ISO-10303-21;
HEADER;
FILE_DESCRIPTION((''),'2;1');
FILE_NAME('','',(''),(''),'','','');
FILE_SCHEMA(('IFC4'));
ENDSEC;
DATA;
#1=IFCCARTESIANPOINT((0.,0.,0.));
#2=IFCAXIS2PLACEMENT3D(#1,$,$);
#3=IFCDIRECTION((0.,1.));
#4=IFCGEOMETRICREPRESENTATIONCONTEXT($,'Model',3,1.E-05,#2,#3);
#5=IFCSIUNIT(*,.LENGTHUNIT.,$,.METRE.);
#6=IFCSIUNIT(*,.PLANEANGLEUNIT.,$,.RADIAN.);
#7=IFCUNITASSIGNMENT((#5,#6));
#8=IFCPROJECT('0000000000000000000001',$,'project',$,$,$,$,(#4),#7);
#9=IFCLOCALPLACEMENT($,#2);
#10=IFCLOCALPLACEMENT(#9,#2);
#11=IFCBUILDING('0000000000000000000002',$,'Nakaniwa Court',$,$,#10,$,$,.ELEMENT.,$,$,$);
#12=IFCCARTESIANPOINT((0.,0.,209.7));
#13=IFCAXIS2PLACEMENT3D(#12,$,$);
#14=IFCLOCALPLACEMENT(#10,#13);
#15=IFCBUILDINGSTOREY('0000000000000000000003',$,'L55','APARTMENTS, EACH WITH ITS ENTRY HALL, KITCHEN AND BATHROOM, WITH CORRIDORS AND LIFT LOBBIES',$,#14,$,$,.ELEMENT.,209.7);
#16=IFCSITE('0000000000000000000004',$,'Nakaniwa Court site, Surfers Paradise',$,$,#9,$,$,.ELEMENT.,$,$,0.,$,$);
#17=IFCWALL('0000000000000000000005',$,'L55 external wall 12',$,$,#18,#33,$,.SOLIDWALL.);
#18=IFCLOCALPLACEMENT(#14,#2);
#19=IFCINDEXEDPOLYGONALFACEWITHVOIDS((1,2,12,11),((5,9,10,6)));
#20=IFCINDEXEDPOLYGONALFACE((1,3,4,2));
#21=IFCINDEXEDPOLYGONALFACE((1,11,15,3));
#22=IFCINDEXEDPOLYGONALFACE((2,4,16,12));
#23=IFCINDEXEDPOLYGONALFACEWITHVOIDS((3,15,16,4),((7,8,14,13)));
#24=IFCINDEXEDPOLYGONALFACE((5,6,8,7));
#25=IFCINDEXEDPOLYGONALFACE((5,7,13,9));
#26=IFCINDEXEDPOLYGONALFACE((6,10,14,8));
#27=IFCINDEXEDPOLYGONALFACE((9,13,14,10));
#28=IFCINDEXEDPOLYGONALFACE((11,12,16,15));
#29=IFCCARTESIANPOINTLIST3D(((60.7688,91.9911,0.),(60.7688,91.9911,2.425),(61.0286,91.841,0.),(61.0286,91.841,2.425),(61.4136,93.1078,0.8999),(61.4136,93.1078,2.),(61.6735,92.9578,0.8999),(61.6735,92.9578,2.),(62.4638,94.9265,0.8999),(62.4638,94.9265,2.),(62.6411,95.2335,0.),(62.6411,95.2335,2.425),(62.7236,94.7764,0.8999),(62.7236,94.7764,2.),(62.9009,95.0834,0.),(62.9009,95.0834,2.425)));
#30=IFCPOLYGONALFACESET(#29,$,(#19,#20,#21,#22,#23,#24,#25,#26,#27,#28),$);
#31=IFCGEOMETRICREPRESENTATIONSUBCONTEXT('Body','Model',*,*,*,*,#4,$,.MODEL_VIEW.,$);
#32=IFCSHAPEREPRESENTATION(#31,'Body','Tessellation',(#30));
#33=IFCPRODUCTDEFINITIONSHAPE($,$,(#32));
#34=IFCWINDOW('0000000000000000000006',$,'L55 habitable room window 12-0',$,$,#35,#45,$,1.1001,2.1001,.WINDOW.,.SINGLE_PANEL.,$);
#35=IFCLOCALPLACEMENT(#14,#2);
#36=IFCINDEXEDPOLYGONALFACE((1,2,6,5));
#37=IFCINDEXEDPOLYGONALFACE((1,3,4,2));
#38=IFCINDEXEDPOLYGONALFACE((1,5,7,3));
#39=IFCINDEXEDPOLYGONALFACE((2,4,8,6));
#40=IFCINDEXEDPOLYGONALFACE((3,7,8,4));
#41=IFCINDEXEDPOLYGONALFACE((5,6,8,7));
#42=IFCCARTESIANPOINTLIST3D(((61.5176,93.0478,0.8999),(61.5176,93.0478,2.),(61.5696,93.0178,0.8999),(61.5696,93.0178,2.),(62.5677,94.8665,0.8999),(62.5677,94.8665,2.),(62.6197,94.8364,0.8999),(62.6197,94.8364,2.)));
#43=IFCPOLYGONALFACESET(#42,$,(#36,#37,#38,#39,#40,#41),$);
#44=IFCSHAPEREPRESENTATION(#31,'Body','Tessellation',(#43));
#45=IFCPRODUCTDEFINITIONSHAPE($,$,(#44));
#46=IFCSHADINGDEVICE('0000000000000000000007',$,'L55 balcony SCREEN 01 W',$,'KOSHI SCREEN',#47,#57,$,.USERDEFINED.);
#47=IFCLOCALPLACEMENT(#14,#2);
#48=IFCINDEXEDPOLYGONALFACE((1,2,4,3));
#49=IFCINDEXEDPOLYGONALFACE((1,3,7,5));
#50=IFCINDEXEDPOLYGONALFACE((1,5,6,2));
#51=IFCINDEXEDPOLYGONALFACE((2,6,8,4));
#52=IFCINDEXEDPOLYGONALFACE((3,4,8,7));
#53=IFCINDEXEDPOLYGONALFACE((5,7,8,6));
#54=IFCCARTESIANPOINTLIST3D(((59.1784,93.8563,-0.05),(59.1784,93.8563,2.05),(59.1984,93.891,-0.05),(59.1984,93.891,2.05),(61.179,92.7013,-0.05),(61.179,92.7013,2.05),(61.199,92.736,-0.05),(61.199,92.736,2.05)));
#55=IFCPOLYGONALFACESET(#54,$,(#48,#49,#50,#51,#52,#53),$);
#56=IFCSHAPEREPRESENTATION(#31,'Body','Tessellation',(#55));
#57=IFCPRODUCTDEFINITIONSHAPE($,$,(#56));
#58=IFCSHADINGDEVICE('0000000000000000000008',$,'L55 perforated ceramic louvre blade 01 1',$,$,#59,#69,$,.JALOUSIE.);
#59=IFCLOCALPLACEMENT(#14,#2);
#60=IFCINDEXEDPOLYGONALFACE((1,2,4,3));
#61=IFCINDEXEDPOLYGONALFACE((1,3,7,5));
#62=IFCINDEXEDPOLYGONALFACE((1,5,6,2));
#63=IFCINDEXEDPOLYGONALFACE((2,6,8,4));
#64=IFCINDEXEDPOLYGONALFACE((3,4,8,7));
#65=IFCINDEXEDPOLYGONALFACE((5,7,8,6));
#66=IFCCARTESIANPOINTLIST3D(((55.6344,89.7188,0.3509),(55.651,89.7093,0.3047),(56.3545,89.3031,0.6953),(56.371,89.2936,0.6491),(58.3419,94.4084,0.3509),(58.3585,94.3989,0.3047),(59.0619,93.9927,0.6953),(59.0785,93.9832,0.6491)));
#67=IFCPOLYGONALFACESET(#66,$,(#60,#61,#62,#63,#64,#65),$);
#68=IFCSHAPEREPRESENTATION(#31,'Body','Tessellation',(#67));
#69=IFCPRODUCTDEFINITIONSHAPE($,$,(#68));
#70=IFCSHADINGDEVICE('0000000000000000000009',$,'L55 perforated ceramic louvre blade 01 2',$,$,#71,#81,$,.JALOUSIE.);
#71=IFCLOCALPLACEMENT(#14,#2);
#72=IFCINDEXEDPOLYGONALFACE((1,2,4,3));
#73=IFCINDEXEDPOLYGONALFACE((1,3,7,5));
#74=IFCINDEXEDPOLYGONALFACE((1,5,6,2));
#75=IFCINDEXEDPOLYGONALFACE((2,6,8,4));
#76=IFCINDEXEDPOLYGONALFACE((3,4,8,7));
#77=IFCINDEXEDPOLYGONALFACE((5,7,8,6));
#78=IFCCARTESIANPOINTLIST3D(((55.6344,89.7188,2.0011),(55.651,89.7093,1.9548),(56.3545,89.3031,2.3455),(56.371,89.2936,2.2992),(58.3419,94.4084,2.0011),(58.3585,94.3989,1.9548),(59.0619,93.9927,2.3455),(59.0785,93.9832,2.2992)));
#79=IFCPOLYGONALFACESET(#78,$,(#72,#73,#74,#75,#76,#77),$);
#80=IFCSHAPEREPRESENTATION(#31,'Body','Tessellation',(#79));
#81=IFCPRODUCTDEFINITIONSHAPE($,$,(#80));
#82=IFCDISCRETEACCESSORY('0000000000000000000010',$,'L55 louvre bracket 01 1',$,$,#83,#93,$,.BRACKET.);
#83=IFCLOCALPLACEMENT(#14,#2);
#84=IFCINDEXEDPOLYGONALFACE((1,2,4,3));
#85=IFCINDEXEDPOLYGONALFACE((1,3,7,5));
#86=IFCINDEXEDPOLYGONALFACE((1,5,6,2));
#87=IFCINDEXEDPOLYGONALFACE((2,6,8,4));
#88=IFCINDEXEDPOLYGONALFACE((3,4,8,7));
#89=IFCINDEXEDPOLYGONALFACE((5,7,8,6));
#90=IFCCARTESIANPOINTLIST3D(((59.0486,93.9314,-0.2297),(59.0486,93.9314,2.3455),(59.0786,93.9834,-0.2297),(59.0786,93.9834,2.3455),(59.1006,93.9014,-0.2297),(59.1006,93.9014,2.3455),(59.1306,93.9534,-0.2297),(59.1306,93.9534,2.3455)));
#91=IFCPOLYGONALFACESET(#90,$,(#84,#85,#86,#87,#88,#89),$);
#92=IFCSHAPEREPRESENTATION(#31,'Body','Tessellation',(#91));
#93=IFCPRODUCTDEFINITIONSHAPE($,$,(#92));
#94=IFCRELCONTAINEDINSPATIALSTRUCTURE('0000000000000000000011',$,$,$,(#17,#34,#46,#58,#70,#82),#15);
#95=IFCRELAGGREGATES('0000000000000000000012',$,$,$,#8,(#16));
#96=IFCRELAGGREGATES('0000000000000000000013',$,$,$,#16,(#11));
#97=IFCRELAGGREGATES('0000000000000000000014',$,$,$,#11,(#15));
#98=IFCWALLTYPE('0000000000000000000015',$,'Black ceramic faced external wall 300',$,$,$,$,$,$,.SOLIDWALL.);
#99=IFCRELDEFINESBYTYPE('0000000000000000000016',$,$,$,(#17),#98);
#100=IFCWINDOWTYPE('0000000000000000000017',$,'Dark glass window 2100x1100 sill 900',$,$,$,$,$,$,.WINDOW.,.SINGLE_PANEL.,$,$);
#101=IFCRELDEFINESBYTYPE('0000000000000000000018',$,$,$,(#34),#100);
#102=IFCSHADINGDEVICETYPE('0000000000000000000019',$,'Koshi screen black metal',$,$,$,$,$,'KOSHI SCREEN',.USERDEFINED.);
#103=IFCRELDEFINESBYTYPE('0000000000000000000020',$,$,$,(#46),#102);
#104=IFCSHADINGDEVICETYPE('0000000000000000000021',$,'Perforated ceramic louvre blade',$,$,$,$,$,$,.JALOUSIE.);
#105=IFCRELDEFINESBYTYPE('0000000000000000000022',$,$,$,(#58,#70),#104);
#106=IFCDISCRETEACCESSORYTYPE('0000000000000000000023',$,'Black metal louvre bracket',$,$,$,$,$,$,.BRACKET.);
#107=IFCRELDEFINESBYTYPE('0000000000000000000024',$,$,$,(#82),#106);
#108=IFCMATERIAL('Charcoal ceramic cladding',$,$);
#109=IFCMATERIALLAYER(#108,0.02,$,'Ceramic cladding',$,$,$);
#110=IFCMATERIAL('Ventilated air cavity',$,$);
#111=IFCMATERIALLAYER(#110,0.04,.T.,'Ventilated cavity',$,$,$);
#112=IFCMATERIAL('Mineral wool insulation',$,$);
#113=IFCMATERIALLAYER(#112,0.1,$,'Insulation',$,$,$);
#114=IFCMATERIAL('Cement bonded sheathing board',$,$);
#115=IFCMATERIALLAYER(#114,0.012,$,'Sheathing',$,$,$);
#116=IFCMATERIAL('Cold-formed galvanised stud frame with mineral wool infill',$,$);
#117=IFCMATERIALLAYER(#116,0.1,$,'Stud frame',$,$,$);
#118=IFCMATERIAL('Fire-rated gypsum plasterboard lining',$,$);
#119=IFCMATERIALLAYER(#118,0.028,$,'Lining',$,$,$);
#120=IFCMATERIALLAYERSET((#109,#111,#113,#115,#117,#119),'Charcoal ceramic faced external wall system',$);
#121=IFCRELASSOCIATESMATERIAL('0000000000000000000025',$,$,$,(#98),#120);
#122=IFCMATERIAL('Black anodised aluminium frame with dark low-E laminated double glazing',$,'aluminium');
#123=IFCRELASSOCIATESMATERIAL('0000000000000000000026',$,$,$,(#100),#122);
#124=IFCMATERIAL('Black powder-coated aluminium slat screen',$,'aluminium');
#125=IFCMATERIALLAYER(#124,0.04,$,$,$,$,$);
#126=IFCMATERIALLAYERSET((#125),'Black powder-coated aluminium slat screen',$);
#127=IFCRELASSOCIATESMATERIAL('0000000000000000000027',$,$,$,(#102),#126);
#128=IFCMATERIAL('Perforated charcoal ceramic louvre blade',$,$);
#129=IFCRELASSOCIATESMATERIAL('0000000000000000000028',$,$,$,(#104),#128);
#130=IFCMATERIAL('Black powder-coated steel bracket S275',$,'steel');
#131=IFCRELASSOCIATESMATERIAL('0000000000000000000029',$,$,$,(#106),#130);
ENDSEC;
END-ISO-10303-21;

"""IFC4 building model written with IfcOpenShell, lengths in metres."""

from ifc_helpers import new_model, si_unit, direction, frame, frame_2d, origin, origin_2d, place, context, subcontext, project, spatial, rectangle, extrude, material, layer, layer_set, material_profile, profile_set, type_object, element, fill, save


model = new_model("IFC4")

# Units and contexts
model_context = context("Model", 3, precision=1e-05, world=origin(), true_north=direction((0.0, 1.0)))
body_context = subcontext(model_context, "Body", "Model", "MODEL_VIEW")
ifc_project = project(units=[si_unit("LENGTHUNIT", "METRE"), si_unit("PLANEANGLEUNIT", "RADIAN")], contexts=[model_context])

# Site, building, storey
site_placement = place(None, origin())
site = spatial("IfcSite", under=ifc_project, at=site_placement, Name="Nakaniwa Court site, Surfers Paradise", CompositionType="ELEMENT", RefElevation=0.0)
building_placement = place(site_placement, origin())
building = spatial("IfcBuilding", under=site, at=building_placement, Name="Nakaniwa Court", CompositionType="ELEMENT")
storey_placement = place(building_placement, frame((0.0, 0.0, 209.7)))
storey = spatial("IfcBuildingStorey", under=building, at=storey_placement, Name="L55", Description="APARTMENTS, EACH WITH ITS ENTRY HALL, KITCHEN AND BATHROOM, WITH CORRIDORS AND LIFT LOBBIES", CompositionType="ELEMENT", Elevation=209.7)

# Wall, opening, window
ifc_material_1 = material(Name="Charcoal ceramic cladding")
ifc_layer_1 = layer(ifc_material_1, 0.02, Name="Ceramic cladding")
ifc_material_2 = material(Name="Ventilated air cavity")
ifc_layer_2 = layer(ifc_material_2, 0.04, ventilated=True, Name="Ventilated cavity")
ifc_material_3 = material(Name="Mineral wool insulation")
ifc_layer_3 = layer(ifc_material_3, 0.1, Name="Insulation")
ifc_material_4 = material(Name="Cement bonded sheathing board")
ifc_layer_4 = layer(ifc_material_4, 0.012, Name="Sheathing")
ifc_material_5 = material(Name="Cold-formed galvanised stud frame with mineral wool infill")
ifc_layer_5 = layer(ifc_material_5, 0.1, Name="Stud frame")
ifc_material_6 = material(Name="Fire-rated gypsum plasterboard lining")
ifc_layer_6 = layer(ifc_material_6, 0.028, Name="Lining")
ifc_layer_set_1 = layer_set([ifc_layer_1, ifc_layer_2, ifc_layer_3, ifc_layer_4, ifc_layer_5, ifc_layer_6], Name="Charcoal ceramic faced external wall system")
wall_type_1 = type_object("IfcWallType", Name="Black ceramic faced external wall 300", PredefinedType="SOLIDWALL", material=ifc_layer_set_1)
ifc_material_7 = material(Name="Black anodised aluminium frame with dark low-E laminated double glazing", Category="aluminium")
window_type_1 = type_object("IfcWindowType", Name="Dark glass window 2100x1100 sill 900", PartitioningType="SINGLE_PANEL", PredefinedType="WINDOW", material=ifc_material_7)
wall_1_placement = place(storey_placement, frame((62.771, 95.1584, 0.0), z_axis=(0.0, 0.0, 1.0), x_axis=(-0.500059, -0.865991, 0.0)))
wall_1 = element("IfcWall", 1, at=wall_1_placement, inside=storey, type_object=wall_type_1, Name="L55 external wall 12", PredefinedType="SOLIDWALL", context=body_context, shape_type="SweptSolid", body=[
    extrude(rectangle(XDim=3.7441, YDim=0.3, at=frame_2d((1.8721, 0.0))), origin(), (0.0, 0.0, 1.0), 2.425),
])
opening_1_placement = place(wall_1_placement, frame((0.3545, 0.0, 0.8999)))
opening_1 = element("IfcOpeningElement", 2, at=opening_1_placement, cuts=wall_1, PredefinedType="OPENING", context=body_context, shape_type="SweptSolid", body=[
    extrude(rectangle(XDim=2.1001, YDim=1.1001, at=frame_2d((1.05, 0.55))), frame((0.0, 0.1599, 0.0), z_axis=(0.0, -1.0, 0.0), x_axis=(1.0, 0.0, 0.0)), (0.0, 0.0, 1.0), 0.3201),
])
window_1_placement = place(opening_1_placement, origin())
window_1 = element("IfcWindow", 3, at=window_1_placement, inside=storey, type_object=window_type_1, Name="L55 habitable room window 12-0", OverallHeight=1.1001, OverallWidth=2.1001, PartitioningType="SINGLE_PANEL", PredefinedType="WINDOW", context=body_context, shape_type="SweptSolid", body=[
    extrude(rectangle(XDim=2.1001, YDim=1.1001, at=frame_2d((1.05, 0.55))), frame((0.0, 0.03, 0.0), z_axis=(0.0, -1.0, 0.0), x_axis=(1.0, 0.0, 0.0)), (0.0, 0.0, 1.0), 0.0601),
])
fill(opening_1, window_1)

# Shading devices
ifc_material_8 = material(Name="Black powder-coated aluminium slat screen", Category="aluminium")
ifc_layer_7 = layer(ifc_material_8, 0.04)
ifc_layer_set_2 = layer_set([ifc_layer_7], Name="Black powder-coated aluminium slat screen")
shading_device_type_1 = type_object("IfcShadingDeviceType", Name="Koshi screen black metal", ElementType="KOSHI SCREEN", PredefinedType="USERDEFINED", material=ifc_layer_set_2)
shading_device_placement = place(storey_placement, frame((60.1887, 93.2961, -0.05), z_axis=(0.0, 0.0, 1.0), x_axis=(-0.499986, -0.866033, 0.0)))
element("IfcShadingDevice", 4, at=shading_device_placement, inside=storey, type_object=shading_device_type_1, Name="L55 balcony SCREEN 01 W", ObjectType="KOSHI SCREEN", PredefinedType="USERDEFINED", context=body_context, shape_type="SweptSolid", body=[
    extrude(rectangle(XDim=0.04, YDim=2.3101, at=origin_2d()), origin(), (0.0, 0.0, 1.0), 2.1001),
])
ifc_material_9 = material(Name="Perforated charcoal ceramic louvre blade")
ifc_material_profile_1 = material_profile(ifc_material_9, rectangle(XDim=0.8999, YDim=0.05, at=origin_2d()), Name="Perforated ceramic louvre blade")
ifc_profile_set_1 = profile_set([ifc_material_profile_1], Name="Perforated charcoal ceramic louvre blade")
shading_device_type_2 = type_object("IfcShadingDeviceType", Name="Perforated ceramic louvre blade", PredefinedType="JALOUSIE", material=ifc_profile_set_1)
for number, where, z_axis, x_axis, name in (
    (5, (58.7102, 94.1958, 0.5), (-0.499989, -0.866032, 0.0), (0.800109, -0.46193, 0.382683), "L55 perforated ceramic louvre blade 01 1"),
    (6, (58.7102, 94.1958, 2.1501), (-0.499989, -0.866032, 0.0), (0.800109, -0.46193, 0.382683), "L55 perforated ceramic louvre blade 01 2"),
):
    element("IfcShadingDevice", number, at=place(storey_placement, frame(where, z_axis=z_axis, x_axis=x_axis)), inside=storey, type_object=shading_device_type_2, Name=name, PredefinedType="JALOUSIE", context=body_context, shape_type="SweptSolid", body=[
        extrude(rectangle(XDim=0.8999, YDim=0.05, at=origin_2d()), origin(), (0.0, 0.0, 1.0), 5.415),
    ])

# Discrete accessory
ifc_material_10 = material(Name="Black powder-coated steel bracket S275", Category="steel")
discrete_accessory_type = type_object("IfcDiscreteAccessoryType", Name="Black metal louvre bracket", PredefinedType="BRACKET", material=ifc_material_10)
discrete_accessory_placement = place(storey_placement, frame((59.0896, 93.9424, -0.2297), z_axis=(0.0, 0.0, 1.0), x_axis=(-0.499986, -0.866033, 0.0)))
element("IfcDiscreteAccessory", 7, at=discrete_accessory_placement, inside=storey, type_object=discrete_accessory_type, Name="L55 louvre bracket 01 1", PredefinedType="BRACKET", context=body_context, shape_type="SweptSolid", body=[
    extrude(rectangle(XDim=0.0601, YDim=0.0601, at=origin_2d()), origin(), (0.0, 0.0, 1.0), 2.5752),
])

save(model, "model.ifc")
